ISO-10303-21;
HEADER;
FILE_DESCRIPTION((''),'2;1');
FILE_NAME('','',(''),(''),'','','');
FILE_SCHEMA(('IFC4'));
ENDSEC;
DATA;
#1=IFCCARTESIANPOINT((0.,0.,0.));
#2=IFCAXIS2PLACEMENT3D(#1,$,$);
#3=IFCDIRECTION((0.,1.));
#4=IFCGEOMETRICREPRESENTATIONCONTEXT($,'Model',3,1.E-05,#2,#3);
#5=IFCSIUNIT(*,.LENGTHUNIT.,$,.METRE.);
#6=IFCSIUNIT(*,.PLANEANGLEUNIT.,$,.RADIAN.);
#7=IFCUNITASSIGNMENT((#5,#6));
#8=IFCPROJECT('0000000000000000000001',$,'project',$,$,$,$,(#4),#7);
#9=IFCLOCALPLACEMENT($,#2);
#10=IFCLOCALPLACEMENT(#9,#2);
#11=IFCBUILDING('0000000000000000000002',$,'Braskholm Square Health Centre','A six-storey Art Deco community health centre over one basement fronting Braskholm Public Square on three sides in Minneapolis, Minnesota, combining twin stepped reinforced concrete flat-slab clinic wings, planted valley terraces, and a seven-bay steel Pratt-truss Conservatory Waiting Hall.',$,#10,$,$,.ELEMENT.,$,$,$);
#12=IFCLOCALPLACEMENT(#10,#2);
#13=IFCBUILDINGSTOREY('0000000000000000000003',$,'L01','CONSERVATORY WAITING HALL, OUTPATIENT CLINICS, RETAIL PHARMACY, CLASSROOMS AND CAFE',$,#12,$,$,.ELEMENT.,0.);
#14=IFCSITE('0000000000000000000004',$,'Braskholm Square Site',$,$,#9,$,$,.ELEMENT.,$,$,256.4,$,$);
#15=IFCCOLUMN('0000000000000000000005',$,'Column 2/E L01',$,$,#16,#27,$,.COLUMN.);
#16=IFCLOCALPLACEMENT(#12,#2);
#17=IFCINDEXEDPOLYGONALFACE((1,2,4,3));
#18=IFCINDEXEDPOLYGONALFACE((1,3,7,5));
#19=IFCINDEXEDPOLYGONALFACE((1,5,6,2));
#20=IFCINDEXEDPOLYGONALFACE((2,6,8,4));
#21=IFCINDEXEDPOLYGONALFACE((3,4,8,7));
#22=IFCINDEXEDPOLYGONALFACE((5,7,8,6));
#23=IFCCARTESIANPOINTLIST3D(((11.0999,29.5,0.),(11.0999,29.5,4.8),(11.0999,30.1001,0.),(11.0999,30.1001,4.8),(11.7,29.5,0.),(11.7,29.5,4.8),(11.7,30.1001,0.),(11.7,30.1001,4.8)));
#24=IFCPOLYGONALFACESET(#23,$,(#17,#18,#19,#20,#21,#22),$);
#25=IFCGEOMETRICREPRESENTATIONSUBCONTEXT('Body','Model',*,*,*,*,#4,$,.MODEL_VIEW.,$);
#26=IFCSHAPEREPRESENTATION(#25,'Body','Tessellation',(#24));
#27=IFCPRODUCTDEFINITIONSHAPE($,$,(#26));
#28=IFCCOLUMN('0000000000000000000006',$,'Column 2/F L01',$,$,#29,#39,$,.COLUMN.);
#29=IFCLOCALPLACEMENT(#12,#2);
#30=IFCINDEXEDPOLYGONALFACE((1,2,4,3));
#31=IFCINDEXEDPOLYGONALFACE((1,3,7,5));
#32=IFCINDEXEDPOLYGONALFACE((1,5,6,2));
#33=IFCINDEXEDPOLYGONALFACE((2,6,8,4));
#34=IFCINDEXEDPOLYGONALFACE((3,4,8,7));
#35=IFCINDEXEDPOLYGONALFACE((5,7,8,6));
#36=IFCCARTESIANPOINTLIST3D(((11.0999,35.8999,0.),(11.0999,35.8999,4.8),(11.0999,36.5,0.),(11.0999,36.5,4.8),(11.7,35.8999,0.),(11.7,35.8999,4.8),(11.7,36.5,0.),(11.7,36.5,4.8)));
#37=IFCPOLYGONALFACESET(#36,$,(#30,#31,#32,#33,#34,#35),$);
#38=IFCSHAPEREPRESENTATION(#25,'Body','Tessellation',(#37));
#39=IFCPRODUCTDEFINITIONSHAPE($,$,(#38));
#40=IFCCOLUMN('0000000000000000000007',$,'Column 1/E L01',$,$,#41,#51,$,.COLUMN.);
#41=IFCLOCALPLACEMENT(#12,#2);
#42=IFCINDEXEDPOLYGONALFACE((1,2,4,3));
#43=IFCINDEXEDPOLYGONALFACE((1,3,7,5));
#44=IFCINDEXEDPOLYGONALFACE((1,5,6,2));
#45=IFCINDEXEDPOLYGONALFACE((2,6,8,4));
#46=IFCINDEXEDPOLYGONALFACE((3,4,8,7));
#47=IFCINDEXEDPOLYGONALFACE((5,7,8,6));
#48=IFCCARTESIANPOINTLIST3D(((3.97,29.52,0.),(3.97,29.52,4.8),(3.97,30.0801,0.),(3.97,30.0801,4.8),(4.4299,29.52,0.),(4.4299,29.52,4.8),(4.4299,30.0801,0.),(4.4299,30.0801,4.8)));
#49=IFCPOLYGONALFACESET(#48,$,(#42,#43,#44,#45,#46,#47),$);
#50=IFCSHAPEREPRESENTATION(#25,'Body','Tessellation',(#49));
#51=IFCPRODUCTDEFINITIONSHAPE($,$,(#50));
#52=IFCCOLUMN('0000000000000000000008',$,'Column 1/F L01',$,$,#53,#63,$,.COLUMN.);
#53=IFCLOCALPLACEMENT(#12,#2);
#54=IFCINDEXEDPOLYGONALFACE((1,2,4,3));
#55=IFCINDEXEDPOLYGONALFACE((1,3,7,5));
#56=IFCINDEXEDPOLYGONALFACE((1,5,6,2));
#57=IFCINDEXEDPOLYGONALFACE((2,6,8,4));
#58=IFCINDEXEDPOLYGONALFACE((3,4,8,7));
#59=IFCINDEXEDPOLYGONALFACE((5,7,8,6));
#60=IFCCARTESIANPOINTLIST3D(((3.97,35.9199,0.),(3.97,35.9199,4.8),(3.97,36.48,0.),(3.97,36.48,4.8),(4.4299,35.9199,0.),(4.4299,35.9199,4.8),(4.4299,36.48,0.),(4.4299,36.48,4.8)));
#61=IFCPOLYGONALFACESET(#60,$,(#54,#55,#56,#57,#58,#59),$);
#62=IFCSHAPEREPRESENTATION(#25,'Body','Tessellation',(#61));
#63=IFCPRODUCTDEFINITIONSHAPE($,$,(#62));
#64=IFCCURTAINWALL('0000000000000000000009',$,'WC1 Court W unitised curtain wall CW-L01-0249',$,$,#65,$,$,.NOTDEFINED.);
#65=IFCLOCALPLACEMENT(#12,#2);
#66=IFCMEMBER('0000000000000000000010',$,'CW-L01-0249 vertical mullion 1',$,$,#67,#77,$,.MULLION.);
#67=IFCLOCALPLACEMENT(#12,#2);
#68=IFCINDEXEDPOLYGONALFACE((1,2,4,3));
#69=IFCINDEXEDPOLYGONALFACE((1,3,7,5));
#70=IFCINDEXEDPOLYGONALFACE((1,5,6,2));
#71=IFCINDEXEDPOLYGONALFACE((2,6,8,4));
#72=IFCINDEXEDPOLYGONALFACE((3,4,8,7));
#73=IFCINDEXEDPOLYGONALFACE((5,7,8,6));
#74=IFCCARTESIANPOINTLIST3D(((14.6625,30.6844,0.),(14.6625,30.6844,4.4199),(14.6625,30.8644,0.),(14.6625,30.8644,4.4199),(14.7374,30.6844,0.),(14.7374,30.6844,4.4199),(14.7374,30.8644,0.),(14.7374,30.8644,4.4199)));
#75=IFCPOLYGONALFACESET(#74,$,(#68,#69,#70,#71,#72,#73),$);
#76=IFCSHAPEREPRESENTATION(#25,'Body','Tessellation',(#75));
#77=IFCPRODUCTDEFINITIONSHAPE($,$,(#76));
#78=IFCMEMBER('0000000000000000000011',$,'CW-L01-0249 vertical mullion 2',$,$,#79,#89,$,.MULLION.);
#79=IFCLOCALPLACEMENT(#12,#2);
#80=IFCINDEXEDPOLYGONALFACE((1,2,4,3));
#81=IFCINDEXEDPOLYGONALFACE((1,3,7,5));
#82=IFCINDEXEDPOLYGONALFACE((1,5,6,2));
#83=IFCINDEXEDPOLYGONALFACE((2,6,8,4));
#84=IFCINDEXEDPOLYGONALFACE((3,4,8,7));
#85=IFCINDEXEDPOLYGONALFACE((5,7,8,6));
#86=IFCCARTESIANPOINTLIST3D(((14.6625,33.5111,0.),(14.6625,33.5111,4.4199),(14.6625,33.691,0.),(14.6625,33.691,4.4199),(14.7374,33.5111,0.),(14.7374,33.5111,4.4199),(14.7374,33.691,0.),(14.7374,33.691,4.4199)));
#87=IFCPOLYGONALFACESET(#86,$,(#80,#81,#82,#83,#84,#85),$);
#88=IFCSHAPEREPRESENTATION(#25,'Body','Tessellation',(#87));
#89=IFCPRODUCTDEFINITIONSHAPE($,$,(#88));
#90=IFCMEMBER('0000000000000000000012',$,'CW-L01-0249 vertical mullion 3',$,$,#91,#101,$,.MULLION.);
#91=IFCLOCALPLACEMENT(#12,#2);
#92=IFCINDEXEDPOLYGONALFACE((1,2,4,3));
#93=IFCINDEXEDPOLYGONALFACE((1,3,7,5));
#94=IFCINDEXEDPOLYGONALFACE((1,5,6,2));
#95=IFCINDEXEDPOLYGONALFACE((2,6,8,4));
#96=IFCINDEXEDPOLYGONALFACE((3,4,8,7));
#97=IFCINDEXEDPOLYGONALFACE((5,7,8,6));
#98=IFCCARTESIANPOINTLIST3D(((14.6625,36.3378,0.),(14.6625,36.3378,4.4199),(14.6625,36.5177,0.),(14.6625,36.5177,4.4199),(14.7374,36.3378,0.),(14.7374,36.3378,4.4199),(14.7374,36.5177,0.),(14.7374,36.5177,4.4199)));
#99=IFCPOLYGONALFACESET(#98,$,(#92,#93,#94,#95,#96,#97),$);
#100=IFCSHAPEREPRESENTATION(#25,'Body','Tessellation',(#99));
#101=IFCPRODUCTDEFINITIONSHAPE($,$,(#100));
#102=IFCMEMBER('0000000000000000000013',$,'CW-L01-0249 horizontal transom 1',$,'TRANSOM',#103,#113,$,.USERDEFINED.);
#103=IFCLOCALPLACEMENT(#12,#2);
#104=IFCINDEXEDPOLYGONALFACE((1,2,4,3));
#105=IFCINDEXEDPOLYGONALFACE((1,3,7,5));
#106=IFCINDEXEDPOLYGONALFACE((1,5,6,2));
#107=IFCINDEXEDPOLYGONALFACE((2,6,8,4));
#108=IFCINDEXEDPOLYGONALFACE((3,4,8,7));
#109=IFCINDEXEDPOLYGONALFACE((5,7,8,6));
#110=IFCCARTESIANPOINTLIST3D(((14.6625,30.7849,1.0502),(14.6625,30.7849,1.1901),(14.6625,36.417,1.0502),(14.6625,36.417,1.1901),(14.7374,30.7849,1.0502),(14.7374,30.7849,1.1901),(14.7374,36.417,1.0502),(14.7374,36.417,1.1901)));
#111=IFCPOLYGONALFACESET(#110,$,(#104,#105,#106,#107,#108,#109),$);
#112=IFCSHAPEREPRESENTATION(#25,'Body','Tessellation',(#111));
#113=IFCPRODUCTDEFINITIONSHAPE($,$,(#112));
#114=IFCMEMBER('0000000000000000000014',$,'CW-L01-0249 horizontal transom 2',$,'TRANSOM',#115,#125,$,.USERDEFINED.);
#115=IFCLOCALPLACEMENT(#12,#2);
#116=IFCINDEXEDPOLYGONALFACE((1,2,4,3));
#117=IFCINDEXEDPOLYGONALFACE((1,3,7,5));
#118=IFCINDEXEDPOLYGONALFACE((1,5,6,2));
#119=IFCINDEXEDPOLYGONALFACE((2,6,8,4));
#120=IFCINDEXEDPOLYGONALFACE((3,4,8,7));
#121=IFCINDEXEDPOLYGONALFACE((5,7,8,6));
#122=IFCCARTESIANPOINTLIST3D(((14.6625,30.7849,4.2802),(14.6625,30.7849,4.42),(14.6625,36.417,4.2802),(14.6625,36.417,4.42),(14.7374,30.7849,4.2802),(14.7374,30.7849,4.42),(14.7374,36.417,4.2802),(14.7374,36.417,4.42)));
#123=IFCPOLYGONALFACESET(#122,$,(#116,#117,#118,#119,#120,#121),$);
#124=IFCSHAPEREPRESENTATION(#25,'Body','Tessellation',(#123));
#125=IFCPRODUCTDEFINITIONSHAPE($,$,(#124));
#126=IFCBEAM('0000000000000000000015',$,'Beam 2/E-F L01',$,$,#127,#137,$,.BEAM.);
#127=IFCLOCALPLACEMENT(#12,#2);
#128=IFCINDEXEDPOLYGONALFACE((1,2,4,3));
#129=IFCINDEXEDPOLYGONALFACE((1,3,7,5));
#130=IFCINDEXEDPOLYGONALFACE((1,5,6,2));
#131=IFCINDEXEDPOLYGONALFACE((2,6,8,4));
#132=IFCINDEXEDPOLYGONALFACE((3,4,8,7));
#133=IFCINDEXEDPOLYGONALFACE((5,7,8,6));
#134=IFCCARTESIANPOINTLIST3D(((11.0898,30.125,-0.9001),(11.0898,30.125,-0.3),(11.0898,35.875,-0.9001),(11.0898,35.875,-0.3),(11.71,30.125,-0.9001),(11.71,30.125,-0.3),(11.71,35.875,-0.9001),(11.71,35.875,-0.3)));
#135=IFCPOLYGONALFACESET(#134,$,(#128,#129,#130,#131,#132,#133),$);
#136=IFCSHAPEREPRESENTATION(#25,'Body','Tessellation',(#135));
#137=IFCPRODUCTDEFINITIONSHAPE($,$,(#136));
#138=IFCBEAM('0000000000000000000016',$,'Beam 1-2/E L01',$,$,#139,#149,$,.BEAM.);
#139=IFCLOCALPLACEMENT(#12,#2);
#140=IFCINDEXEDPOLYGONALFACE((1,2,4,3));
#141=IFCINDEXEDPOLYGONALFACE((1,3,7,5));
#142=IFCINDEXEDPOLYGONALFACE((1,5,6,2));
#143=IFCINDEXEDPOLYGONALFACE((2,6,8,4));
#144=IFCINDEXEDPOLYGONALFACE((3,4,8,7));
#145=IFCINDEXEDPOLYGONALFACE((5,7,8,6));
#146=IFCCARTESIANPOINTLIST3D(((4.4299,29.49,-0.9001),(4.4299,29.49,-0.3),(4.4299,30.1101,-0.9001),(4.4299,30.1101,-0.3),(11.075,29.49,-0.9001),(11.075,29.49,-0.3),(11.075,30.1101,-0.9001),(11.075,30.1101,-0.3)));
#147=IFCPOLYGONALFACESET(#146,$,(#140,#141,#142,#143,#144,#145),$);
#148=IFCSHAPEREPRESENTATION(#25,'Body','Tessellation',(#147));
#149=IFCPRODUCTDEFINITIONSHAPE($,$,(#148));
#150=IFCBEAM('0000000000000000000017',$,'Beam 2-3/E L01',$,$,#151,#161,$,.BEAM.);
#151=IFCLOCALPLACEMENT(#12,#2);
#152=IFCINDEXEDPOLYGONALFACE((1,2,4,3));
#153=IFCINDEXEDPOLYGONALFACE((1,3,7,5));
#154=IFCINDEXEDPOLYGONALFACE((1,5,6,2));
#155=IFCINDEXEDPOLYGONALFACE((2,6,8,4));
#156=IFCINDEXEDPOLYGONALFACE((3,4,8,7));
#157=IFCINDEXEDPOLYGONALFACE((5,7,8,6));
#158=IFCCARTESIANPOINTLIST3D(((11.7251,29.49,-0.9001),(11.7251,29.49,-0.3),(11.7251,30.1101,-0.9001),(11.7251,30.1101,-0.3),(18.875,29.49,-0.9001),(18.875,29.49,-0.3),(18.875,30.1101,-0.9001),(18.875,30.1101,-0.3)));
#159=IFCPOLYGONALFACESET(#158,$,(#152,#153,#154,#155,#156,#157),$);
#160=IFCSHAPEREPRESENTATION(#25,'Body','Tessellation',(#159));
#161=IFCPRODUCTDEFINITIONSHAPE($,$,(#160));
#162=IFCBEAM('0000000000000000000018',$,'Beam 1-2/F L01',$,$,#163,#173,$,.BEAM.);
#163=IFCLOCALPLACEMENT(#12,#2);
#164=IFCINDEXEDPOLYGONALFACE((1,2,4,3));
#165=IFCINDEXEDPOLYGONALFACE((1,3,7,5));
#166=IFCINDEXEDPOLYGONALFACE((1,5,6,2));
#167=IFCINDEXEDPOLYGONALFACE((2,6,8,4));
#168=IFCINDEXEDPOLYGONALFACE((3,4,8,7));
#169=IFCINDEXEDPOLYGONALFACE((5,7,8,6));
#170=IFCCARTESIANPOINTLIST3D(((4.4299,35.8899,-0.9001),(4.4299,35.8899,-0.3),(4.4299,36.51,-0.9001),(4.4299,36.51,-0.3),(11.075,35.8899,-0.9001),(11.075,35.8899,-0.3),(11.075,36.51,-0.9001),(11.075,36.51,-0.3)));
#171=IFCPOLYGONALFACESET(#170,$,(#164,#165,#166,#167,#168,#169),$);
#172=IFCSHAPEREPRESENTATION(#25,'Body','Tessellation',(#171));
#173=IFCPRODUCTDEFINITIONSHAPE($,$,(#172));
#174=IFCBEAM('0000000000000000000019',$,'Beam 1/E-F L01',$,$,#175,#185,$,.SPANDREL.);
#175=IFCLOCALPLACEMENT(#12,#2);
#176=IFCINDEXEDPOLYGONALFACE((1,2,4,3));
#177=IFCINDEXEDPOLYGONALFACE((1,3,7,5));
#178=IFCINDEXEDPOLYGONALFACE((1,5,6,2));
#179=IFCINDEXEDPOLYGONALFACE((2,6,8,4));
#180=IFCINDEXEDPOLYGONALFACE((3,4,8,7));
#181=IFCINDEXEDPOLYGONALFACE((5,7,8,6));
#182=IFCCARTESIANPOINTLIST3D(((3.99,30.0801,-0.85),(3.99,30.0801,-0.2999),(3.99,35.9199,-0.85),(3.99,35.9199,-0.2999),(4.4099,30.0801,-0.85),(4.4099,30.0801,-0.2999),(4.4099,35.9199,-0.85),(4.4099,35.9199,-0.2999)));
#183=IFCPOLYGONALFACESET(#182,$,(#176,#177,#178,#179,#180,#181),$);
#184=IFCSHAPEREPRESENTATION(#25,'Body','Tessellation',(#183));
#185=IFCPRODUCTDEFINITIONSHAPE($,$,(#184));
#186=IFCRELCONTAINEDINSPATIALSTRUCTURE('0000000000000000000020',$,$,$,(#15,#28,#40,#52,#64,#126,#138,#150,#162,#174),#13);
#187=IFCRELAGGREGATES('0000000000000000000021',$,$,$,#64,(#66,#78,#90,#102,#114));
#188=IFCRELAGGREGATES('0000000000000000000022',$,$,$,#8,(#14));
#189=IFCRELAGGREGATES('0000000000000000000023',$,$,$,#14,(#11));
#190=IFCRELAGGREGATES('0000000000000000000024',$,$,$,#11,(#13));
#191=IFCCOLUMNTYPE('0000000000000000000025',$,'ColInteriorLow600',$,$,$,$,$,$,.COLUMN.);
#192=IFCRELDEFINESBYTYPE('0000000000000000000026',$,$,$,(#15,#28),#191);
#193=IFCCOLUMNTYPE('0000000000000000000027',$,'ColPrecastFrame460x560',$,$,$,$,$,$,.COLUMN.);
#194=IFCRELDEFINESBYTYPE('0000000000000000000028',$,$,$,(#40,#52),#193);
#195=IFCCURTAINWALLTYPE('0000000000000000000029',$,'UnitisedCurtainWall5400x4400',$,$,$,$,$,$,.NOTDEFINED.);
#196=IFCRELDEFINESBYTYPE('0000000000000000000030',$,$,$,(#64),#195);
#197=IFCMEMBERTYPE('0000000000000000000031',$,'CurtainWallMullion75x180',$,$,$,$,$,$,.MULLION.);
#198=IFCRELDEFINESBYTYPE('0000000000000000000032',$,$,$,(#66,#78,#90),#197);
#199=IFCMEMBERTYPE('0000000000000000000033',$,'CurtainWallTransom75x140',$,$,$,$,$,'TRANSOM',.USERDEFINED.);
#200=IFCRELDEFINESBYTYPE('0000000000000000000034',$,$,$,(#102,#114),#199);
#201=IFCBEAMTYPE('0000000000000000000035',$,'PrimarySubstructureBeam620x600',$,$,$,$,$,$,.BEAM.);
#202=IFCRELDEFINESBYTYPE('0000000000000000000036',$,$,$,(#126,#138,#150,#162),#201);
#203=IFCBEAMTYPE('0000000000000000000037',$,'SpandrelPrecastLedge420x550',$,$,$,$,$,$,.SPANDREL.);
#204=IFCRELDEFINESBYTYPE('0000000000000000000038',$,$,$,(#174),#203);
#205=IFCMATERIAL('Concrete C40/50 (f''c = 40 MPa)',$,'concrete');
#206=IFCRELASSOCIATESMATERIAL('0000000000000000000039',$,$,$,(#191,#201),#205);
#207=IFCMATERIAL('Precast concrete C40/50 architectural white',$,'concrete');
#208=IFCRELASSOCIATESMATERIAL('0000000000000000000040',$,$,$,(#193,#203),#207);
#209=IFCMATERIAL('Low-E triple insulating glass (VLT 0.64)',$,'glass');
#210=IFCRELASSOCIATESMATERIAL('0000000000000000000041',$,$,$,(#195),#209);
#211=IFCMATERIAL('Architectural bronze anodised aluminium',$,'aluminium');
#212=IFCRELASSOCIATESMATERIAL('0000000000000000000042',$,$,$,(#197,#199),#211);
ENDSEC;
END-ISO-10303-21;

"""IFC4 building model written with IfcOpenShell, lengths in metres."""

from ifc_helpers import new_model, si_unit, direction, frame, origin, origin_2d, place, context, subcontext, project, spatial, rectangle, extrude, material, material_profile, profile_set, type_object, element, aggregate, save


model = new_model("IFC4")

# Units and contexts
model_context = context("Model", 3, precision=1e-05, world=origin(), true_north=direction((0.0, 1.0)))
body_context = subcontext(model_context, "Body", "Model", "MODEL_VIEW")
ifc_project = project(units=[si_unit("LENGTHUNIT", "METRE"), si_unit("PLANEANGLEUNIT", "RADIAN")], contexts=[model_context])

# Site, building, storey
site_placement = place(None, origin())
site = spatial("IfcSite", under=ifc_project, at=site_placement, Name="Braskholm Square Site", CompositionType="ELEMENT", RefElevation=256.4)
building_placement = place(site_placement, origin())
building = spatial("IfcBuilding", under=site, at=building_placement, Name="Braskholm Square Health Centre", Description="A six-storey Art Deco community health centre over one basement fronting Braskholm Public Square on three sides in Minneapolis, Minnesota, combining twin stepped reinforced concrete flat-slab clinic wings, planted valley terraces, and a seven-bay steel Pratt-truss Conservatory Waiting Hall.", CompositionType="ELEMENT")
storey_placement = place(building_placement, origin())
storey = spatial("IfcBuildingStorey", under=building, at=storey_placement, Name="L01", Description="CONSERVATORY WAITING HALL, OUTPATIENT CLINICS, RETAIL PHARMACY, CLASSROOMS AND CAFE", CompositionType="ELEMENT", Elevation=0.0)

# Columns
ifc_material_1 = material(Name="Concrete C40/50 (f'c = 40 MPa)", Category="concrete")
ifc_material_profile_1 = material_profile(ifc_material_1, rectangle(XDim=0.6001, YDim=0.6001, at=origin_2d()), Name="RC-600X600")
ifc_profile_set_1 = profile_set([ifc_material_profile_1], Name="Concrete C40/50 (f'c = 40 MPa)")
column_type_1 = type_object("IfcColumnType", Name="ColInteriorLow600", PredefinedType="COLUMN", material=ifc_profile_set_1)
for number, where, z_axis, x_axis, name in (
    (1, (11.3999, 29.8, 0.0), (0.0, 0.0, 1.0), (1.0, 0.0, 0.0), "Column 2/E L01"),
    (2, (11.3999, 36.2, 0.0), (0.0, 0.0, 1.0), (1.0, 0.0, 0.0), "Column 2/F L01"),
):
    element("IfcColumn", number, at=place(storey_placement, frame(where, z_axis=z_axis, x_axis=x_axis)), inside=storey, type_object=column_type_1, Name=name, PredefinedType="COLUMN", context=body_context, shape_type="SweptSolid", body=[
        extrude(rectangle(XDim=0.6001, YDim=0.6001, at=origin_2d()), origin(), (0.0, 0.0, 1.0), 4.8),
    ])
ifc_material_2 = material(Name="Precast concrete C40/50 architectural white", Category="concrete")
ifc_material_profile_2 = material_profile(ifc_material_2, rectangle(XDim=0.46, YDim=0.5601, at=origin_2d()), Name="RC-460X560")
ifc_profile_set_2 = profile_set([ifc_material_profile_2], Name="Precast concrete C40/50 architectural white")
column_type_2 = type_object("IfcColumnType", Name="ColPrecastFrame460x560", PredefinedType="COLUMN", material=ifc_profile_set_2)
for number, where, z_axis, x_axis, name in (
    (3, (4.2, 29.8, 0.0), (0.0, 0.0, 1.0), (1.0, 0.0, 0.0), "Column 1/E L01"),
    (4, (4.2, 36.2, 0.0), (0.0, 0.0, 1.0), (1.0, 0.0, 0.0), "Column 1/F L01"),
):
    element("IfcColumn", number, at=place(storey_placement, frame(where, z_axis=z_axis, x_axis=x_axis)), inside=storey, type_object=column_type_2, Name=name, PredefinedType="COLUMN", context=body_context, shape_type="SweptSolid", body=[
        extrude(rectangle(XDim=0.46, YDim=0.5601, at=origin_2d()), origin(), (0.0, 0.0, 1.0), 4.8),
    ])

# Curtain wall, members
ifc_material_3 = material(Name="Low-E triple insulating glass (VLT 0.64)", Category="glass")
curtain_wall_type = type_object("IfcCurtainWallType", Name="UnitisedCurtainWall5400x4400", PredefinedType="NOTDEFINED", material=ifc_material_3)
curtain_wall_placement = place(storey_placement, origin())
curtain_wall = element("IfcCurtainWall", 5, at=curtain_wall_placement, inside=storey, type_object=curtain_wall_type, Name="WC1 Court W unitised curtain wall CW-L01-0249", PredefinedType="NOTDEFINED")
ifc_material_4 = material(Name="Architectural bronze anodised aluminium", Category="aluminium")
ifc_material_profile_3 = material_profile(ifc_material_4, rectangle(XDim=0.075, YDim=0.1799, at=origin_2d()), Name="ALU-75X180")
ifc_profile_set_3 = profile_set([ifc_material_profile_3], Name="Architectural bronze anodised aluminium")
member_type_1 = type_object("IfcMemberType", Name="CurtainWallMullion75x180", PredefinedType="MULLION", material=ifc_profile_set_3)
member_1_placement = place(storey_placement, frame((14.7, 30.7744, 0.0), z_axis=(0.0, 0.0, 1.0), x_axis=(1.0, 0.0, 0.0)))
member_1 = element("IfcMember", 6, at=member_1_placement, type_object=member_type_1, Name="CW-L01-0249 vertical mullion 1", PredefinedType="MULLION", context=body_context, shape_type="SweptSolid", body=[
    extrude(rectangle(XDim=0.075, YDim=0.1799, at=origin_2d()), origin(), (0.0, 0.0, 1.0), 4.4199),
])
member_2_placement = place(storey_placement, frame((14.7, 33.6011, 0.0), z_axis=(0.0, 0.0, 1.0), x_axis=(1.0, 0.0, 0.0)))
member_2 = element("IfcMember", 7, at=member_2_placement, type_object=member_type_1, Name="CW-L01-0249 vertical mullion 2", PredefinedType="MULLION", context=body_context, shape_type="SweptSolid", body=[
    extrude(rectangle(XDim=0.075, YDim=0.1799, at=origin_2d()), origin(), (0.0, 0.0, 1.0), 4.4199),
])
member_3_placement = place(storey_placement, frame((14.7, 36.4277, 0.0), z_axis=(0.0, 0.0, 1.0), x_axis=(1.0, 0.0, 0.0)))
member_3 = element("IfcMember", 8, at=member_3_placement, type_object=member_type_1, Name="CW-L01-0249 vertical mullion 3", PredefinedType="MULLION", context=body_context, shape_type="SweptSolid", body=[
    extrude(rectangle(XDim=0.075, YDim=0.1799, at=origin_2d()), origin(), (0.0, 0.0, 1.0), 4.4199),
])
ifc_material_profile_4 = material_profile(ifc_material_4, rectangle(XDim=0.075, YDim=0.1399, at=origin_2d()), Name="ALU-75X140")
ifc_profile_set_4 = profile_set([ifc_material_profile_4], Name="Architectural bronze anodised aluminium")
member_type_2 = type_object("IfcMemberType", Name="CurtainWallTransom75x140", ElementType="TRANSOM", PredefinedType="USERDEFINED", material=ifc_profile_set_4)
member_4_placement = place(storey_placement, frame((14.7, 30.7849, 1.1201), z_axis=(0.0, 1.0, 0.0), x_axis=(-1.0, 0.0, 0.0)))
member_4 = element("IfcMember", 9, at=member_4_placement, type_object=member_type_2, Name="CW-L01-0249 horizontal transom 1", ObjectType="TRANSOM", PredefinedType="USERDEFINED", context=body_context, shape_type="SweptSolid", body=[
    extrude(rectangle(XDim=0.075, YDim=0.1399, at=origin_2d()), origin(), (0.0, 0.0, 1.0), 5.6321),
])
member_5_placement = place(storey_placement, frame((14.7, 30.7849, 4.3501), z_axis=(0.0, 1.0, 0.0), x_axis=(-1.0, 0.0, 0.0)))
member_5 = element("IfcMember", 10, at=member_5_placement, type_object=member_type_2, Name="CW-L01-0249 horizontal transom 2", ObjectType="TRANSOM", PredefinedType="USERDEFINED", context=body_context, shape_type="SweptSolid", body=[
    extrude(rectangle(XDim=0.075, YDim=0.1399, at=origin_2d()), origin(), (0.0, 0.0, 1.0), 5.6321),
])

# Beams
ifc_material_profile_5 = material_profile(ifc_material_1, rectangle(XDim=0.6201, YDim=0.6001, at=origin_2d()), Name="RCB-620X600")
ifc_profile_set_5 = profile_set([ifc_material_profile_5], Name="Concrete C40/50 (f'c = 40 MPa)")
beam_type_1 = type_object("IfcBeamType", Name="PrimarySubstructureBeam620x600", PredefinedType="BEAM", material=ifc_profile_set_5)
beam_1_placement = place(storey_placement, frame((11.3999, 30.125, -0.6001), z_axis=(0.0, 1.0, 0.0), x_axis=(-1.0, 0.0, 0.0)))
element("IfcBeam", 11, at=beam_1_placement, inside=storey, type_object=beam_type_1, Name="Beam 2/E-F L01", PredefinedType="BEAM", context=body_context, shape_type="SweptSolid", body=[
    extrude(rectangle(XDim=0.6201, YDim=0.6001, at=origin_2d()), origin(), (0.0, 0.0, 1.0), 5.75),
])
beam_2_placement = place(storey_placement, frame((4.4299, 29.8, -0.6001), z_axis=(1.0, 0.0, 0.0), x_axis=(0.0, 1.0, 0.0)))
element("IfcBeam", 12, at=beam_2_placement, inside=storey, type_object=beam_type_1, Name="Beam 1-2/E L01", PredefinedType="BEAM", context=body_context, shape_type="SweptSolid", body=[
    extrude(rectangle(XDim=0.6201, YDim=0.6001, at=origin_2d()), origin(), (0.0, 0.0, 1.0), 6.645),
])
beam_3_placement = place(storey_placement, frame((11.7251, 29.8, -0.6001), z_axis=(1.0, 0.0, 0.0), x_axis=(0.0, 1.0, 0.0)))
element("IfcBeam", 13, at=beam_3_placement, inside=storey, type_object=beam_type_1, Name="Beam 2-3/E L01", PredefinedType="BEAM", context=body_context, shape_type="SweptSolid", body=[
    extrude(rectangle(XDim=0.6201, YDim=0.6001, at=origin_2d()), origin(), (0.0, 0.0, 1.0), 7.1499),
])
beam_4_placement = place(storey_placement, frame((4.4299, 36.2, -0.6001), z_axis=(1.0, 0.0, 0.0), x_axis=(0.0, 1.0, 0.0)))
element("IfcBeam", 14, at=beam_4_placement, inside=storey, type_object=beam_type_1, Name="Beam 1-2/F L01", PredefinedType="BEAM", context=body_context, shape_type="SweptSolid", body=[
    extrude(rectangle(XDim=0.6201, YDim=0.6001, at=origin_2d()), origin(), (0.0, 0.0, 1.0), 6.645),
])
ifc_material_profile_6 = material_profile(ifc_material_2, rectangle(XDim=0.4199, YDim=0.55, at=origin_2d()), Name="RCB-420X550")
ifc_profile_set_6 = profile_set([ifc_material_profile_6], Name="Precast concrete C40/50 architectural white")
beam_type_2 = type_object("IfcBeamType", Name="SpandrelPrecastLedge420x550", PredefinedType="SPANDREL", material=ifc_profile_set_6)
beam_5_placement = place(storey_placement, frame((4.2, 30.0801, -0.575), z_axis=(0.0, 1.0, 0.0), x_axis=(-1.0, 0.0, 0.0)))
element("IfcBeam", 15, at=beam_5_placement, inside=storey, type_object=beam_type_2, Name="Beam 1/E-F L01", PredefinedType="SPANDREL", context=body_context, shape_type="SweptSolid", body=[
    extrude(rectangle(XDim=0.4199, YDim=0.55, at=origin_2d()), origin(), (0.0, 0.0, 1.0), 5.8398),
])

aggregate(curtain_wall, [member_1, member_2, member_3, member_4, member_5])

save(model, "model.ifc")
